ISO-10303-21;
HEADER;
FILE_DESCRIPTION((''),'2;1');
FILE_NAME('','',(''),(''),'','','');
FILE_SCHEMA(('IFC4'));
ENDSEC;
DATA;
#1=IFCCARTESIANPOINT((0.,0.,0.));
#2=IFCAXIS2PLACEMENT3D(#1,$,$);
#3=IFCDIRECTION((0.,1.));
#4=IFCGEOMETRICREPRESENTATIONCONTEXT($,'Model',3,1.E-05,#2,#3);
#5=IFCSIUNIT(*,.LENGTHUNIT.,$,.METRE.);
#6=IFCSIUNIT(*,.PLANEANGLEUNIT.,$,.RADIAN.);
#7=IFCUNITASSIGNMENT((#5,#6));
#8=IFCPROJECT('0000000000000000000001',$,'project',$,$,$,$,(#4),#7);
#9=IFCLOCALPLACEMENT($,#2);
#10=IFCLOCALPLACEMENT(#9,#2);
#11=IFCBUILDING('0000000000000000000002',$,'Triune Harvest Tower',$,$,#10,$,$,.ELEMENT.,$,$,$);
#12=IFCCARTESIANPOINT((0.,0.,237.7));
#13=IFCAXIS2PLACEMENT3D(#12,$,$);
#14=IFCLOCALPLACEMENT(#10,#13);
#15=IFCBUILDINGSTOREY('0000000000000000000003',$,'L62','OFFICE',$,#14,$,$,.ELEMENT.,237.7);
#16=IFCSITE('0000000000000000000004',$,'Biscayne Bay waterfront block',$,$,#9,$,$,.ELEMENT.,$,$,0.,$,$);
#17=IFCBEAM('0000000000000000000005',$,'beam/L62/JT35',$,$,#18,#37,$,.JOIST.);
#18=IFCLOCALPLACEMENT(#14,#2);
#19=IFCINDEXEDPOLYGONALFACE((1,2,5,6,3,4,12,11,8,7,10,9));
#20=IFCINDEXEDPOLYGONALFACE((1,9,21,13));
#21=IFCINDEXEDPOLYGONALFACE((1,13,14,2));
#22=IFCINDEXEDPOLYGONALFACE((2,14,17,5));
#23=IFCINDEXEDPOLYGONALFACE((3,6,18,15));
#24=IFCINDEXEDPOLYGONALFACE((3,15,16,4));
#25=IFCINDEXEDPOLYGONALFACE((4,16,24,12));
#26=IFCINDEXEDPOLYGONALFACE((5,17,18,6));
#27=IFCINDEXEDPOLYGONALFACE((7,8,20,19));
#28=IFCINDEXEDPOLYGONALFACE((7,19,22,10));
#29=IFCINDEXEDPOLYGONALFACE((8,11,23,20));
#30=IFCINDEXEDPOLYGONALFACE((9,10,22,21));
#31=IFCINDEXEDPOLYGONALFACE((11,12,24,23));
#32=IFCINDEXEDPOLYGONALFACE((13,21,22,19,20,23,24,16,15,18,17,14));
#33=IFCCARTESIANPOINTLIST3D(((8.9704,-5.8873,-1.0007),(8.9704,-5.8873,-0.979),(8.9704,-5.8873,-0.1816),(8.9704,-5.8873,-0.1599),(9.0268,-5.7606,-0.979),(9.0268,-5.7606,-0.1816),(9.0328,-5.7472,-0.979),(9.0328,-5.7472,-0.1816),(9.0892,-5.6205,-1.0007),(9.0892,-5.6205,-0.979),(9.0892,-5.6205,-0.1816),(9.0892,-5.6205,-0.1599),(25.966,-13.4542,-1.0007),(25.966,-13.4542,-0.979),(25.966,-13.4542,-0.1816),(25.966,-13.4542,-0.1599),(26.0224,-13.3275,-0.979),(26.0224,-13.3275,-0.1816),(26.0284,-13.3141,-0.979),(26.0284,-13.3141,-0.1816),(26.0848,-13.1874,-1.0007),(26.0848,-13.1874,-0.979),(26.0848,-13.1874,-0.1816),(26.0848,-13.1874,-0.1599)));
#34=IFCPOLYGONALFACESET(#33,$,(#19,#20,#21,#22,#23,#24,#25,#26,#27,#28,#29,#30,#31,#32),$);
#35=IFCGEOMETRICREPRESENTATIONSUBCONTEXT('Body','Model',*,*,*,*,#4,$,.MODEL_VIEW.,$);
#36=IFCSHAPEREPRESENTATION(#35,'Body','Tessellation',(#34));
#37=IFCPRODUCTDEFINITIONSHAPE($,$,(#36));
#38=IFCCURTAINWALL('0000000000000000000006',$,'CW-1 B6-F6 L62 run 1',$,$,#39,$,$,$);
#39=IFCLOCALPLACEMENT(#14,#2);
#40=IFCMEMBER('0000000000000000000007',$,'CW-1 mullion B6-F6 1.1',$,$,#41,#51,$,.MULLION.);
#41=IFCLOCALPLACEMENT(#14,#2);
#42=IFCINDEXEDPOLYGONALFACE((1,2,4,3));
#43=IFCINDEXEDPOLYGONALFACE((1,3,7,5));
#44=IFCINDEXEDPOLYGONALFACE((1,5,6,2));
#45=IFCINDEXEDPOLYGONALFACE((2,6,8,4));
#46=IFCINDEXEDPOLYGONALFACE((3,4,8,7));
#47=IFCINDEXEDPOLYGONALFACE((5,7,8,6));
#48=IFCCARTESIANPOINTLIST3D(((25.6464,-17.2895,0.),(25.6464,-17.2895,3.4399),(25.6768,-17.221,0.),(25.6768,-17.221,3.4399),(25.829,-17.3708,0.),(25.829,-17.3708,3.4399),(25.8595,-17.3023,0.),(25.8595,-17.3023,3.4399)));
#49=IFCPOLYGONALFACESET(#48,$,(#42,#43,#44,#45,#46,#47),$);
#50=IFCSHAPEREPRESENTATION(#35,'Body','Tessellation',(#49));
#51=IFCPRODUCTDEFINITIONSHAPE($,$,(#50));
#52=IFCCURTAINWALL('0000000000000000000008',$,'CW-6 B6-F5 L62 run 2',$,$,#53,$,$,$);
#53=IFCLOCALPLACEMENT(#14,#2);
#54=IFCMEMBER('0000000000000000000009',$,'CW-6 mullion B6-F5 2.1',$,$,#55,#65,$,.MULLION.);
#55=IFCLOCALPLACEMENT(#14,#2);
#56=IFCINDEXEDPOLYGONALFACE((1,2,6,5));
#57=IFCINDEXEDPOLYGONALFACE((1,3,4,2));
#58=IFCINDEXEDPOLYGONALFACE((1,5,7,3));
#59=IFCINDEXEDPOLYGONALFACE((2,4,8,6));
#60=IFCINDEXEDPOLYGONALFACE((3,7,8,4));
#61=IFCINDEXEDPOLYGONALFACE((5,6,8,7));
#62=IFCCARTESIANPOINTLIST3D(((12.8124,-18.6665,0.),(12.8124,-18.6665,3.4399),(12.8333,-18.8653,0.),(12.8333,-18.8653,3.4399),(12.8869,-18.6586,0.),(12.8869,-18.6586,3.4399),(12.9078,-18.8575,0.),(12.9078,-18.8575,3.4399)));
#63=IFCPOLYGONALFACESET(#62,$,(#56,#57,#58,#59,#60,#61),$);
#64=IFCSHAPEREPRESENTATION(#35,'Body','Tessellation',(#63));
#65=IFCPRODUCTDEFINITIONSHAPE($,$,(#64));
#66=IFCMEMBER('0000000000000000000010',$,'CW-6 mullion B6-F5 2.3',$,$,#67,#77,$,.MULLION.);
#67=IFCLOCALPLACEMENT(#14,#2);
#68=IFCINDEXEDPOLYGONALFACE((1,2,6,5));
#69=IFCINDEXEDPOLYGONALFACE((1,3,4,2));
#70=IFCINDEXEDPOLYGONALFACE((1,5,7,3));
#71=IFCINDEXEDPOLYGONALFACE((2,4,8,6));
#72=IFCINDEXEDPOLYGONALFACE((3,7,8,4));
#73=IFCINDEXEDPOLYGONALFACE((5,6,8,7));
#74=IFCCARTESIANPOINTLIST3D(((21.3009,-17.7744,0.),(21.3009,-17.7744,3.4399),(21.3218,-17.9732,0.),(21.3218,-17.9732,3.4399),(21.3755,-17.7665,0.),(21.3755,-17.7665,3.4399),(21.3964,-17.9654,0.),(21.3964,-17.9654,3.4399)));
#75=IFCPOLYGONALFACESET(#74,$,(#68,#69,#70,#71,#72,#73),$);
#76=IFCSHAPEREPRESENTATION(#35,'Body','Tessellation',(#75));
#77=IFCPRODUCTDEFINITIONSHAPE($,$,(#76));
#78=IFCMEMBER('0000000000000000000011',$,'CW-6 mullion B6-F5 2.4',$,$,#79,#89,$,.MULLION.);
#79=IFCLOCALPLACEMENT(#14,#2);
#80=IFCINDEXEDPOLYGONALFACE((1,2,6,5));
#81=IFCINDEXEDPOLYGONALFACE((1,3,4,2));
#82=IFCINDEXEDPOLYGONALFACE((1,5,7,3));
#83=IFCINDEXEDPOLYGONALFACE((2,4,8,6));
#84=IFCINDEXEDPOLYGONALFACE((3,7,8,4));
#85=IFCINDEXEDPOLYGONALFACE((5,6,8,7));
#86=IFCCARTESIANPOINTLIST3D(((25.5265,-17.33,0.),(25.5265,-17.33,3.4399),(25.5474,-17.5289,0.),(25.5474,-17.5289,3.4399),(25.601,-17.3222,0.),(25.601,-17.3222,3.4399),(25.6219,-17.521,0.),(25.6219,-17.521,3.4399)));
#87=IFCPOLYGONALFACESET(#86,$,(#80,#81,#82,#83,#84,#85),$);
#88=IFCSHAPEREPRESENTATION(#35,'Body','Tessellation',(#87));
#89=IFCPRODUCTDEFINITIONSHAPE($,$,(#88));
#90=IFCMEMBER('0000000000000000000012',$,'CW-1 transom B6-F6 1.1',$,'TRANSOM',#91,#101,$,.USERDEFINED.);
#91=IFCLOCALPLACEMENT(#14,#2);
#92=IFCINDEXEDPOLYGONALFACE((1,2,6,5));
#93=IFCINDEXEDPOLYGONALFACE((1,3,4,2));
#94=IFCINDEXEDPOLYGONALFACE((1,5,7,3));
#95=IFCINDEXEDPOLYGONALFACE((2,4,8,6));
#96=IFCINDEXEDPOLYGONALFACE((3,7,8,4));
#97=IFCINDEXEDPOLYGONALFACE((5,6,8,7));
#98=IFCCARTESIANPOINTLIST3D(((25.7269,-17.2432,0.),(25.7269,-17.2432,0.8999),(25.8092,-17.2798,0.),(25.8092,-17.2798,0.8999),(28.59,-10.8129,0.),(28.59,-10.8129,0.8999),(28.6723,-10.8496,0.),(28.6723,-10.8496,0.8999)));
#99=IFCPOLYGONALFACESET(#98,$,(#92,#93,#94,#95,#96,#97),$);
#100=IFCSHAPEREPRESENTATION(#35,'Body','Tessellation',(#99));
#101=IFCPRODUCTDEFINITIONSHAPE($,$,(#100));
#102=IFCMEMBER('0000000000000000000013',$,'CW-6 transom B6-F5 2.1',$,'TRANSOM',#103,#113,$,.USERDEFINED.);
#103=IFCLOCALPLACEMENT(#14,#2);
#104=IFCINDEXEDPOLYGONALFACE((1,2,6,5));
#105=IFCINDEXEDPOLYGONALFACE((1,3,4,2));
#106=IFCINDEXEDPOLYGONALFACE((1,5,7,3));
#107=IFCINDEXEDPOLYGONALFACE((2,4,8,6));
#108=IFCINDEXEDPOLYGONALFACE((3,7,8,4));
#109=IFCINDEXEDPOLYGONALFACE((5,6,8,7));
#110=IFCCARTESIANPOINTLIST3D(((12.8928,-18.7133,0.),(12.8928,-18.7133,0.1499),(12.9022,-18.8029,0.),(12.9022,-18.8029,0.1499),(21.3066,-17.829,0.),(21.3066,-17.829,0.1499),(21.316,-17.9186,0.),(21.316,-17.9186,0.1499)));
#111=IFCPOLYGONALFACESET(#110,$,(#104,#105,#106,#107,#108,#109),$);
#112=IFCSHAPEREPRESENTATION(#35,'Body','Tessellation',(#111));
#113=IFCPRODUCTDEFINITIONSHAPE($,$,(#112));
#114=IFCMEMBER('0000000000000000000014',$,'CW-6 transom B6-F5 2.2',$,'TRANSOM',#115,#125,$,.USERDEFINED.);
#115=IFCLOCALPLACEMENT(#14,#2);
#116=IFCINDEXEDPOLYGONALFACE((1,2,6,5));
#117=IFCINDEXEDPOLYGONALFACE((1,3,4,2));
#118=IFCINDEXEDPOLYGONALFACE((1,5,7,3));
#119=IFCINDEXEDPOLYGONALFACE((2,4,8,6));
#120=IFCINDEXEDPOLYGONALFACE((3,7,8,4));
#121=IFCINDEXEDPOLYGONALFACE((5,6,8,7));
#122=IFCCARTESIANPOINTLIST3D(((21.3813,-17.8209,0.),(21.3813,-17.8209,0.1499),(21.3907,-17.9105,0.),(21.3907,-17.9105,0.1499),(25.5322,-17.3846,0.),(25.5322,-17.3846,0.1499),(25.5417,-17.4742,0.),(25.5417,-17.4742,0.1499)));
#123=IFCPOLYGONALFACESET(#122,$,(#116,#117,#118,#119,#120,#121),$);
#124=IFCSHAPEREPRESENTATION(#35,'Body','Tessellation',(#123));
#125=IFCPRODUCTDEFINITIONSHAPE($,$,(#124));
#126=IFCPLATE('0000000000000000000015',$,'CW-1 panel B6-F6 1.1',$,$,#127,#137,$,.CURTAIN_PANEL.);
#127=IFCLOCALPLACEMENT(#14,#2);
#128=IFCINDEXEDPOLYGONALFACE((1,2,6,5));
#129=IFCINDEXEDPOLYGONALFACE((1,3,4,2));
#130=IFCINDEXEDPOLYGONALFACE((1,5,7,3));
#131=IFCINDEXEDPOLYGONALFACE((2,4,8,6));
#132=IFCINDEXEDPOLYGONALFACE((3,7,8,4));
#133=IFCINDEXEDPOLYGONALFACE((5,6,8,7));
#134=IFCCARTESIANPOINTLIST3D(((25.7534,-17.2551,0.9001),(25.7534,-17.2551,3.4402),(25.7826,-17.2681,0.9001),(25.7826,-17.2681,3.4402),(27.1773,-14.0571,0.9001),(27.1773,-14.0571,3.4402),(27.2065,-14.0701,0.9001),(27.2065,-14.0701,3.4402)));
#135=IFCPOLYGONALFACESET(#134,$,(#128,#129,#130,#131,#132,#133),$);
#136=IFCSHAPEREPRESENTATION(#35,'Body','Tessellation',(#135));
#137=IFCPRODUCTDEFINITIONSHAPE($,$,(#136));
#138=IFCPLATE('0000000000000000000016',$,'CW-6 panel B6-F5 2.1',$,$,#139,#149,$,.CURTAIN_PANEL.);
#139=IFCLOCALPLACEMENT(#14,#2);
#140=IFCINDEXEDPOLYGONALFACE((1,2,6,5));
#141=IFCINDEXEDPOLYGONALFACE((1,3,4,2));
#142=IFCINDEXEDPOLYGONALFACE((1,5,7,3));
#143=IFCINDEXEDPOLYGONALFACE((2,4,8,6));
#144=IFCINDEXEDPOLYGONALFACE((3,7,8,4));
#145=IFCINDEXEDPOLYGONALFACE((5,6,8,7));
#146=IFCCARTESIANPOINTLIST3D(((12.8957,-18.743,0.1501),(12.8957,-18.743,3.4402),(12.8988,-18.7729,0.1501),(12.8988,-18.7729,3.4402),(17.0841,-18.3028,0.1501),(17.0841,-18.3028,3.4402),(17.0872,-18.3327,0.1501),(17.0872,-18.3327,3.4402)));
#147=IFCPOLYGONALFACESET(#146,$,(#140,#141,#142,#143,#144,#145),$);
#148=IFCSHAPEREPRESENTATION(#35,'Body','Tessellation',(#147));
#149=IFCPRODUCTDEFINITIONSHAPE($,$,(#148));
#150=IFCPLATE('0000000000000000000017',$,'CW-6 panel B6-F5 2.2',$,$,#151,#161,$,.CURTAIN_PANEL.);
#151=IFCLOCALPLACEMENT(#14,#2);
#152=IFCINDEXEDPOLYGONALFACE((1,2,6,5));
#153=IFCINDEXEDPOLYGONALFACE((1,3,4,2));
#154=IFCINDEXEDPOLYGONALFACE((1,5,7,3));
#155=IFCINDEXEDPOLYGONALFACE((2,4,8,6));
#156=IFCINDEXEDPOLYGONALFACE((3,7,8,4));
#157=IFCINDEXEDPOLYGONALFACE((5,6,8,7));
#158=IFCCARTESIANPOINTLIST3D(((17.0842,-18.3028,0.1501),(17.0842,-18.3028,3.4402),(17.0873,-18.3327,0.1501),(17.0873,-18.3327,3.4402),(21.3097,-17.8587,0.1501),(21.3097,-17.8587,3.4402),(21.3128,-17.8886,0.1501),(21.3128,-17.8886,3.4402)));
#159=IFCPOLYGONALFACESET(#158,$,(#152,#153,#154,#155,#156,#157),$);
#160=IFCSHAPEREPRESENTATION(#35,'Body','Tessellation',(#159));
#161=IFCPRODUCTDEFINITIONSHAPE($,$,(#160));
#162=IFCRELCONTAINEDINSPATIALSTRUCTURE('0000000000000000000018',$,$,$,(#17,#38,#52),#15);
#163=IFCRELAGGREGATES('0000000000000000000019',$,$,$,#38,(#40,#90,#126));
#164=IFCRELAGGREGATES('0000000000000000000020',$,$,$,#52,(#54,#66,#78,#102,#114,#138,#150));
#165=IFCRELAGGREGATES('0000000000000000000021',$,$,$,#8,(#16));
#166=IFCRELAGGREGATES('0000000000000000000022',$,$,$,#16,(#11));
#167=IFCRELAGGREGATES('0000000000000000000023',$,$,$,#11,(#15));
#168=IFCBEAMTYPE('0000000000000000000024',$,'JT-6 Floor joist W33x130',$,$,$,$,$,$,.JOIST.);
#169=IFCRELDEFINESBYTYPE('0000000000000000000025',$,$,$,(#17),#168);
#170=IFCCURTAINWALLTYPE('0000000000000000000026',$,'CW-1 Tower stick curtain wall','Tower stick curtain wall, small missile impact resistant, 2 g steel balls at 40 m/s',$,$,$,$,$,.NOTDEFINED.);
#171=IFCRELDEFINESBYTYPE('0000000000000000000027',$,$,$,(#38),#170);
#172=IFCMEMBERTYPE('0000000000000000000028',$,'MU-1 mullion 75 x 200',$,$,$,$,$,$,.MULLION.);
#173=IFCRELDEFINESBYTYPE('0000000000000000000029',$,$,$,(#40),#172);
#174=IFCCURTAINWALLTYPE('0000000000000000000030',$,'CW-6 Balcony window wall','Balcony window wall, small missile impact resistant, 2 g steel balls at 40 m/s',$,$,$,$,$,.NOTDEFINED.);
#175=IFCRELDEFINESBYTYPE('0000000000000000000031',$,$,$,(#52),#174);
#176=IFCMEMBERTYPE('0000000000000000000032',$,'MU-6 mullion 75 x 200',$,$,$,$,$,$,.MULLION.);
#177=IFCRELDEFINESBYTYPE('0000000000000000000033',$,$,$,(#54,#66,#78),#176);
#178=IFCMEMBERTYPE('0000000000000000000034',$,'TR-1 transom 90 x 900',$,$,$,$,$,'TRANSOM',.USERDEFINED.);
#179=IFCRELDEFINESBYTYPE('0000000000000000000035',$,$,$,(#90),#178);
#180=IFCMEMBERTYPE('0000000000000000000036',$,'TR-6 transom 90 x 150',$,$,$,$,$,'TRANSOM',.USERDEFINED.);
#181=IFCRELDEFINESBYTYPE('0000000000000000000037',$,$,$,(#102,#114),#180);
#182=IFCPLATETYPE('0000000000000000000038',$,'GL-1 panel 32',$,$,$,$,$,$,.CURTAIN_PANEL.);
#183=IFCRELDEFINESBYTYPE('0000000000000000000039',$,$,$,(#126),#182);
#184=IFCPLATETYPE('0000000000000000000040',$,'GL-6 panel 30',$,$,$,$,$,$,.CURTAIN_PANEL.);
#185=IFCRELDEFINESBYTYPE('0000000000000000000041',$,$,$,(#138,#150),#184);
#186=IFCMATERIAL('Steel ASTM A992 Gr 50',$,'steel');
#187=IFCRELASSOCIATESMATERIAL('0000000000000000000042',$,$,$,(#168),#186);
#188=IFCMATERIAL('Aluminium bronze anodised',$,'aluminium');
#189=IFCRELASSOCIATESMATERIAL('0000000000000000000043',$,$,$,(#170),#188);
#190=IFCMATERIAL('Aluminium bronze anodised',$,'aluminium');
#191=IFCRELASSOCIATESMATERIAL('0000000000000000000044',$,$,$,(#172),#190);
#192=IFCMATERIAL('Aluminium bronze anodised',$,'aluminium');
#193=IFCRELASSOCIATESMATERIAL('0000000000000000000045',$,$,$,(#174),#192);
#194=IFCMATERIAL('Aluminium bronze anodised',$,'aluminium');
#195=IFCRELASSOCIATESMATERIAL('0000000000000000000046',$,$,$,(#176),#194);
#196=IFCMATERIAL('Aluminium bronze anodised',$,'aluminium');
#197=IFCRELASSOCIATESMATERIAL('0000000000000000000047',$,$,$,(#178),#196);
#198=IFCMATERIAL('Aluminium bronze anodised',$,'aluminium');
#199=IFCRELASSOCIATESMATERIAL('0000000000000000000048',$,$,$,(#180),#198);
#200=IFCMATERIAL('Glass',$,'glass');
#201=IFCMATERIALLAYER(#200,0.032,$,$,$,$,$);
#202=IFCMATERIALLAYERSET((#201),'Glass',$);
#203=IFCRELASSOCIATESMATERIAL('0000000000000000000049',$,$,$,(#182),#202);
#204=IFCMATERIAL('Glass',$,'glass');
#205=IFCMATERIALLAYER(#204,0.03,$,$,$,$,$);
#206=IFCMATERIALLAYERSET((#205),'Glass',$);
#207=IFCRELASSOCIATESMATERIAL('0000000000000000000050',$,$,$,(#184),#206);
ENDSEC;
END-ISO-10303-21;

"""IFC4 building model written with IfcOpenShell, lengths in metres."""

from ifc_helpers import new_model, si_unit, direction, frame, origin, origin_2d, place, context, subcontext, project, spatial, rectangle, i_section, extrude, source, transform, mapped, material, layer, layer_set, material_profile, profile_set, type_object, element, aggregate, save


model = new_model("IFC4")

# Units and contexts
model_context = context("Model", 3, precision=1e-05, world=origin(), true_north=direction((0.0, 1.0)))
body_context = subcontext(model_context, "Body", "Model", "MODEL_VIEW")
ifc_project = project(units=[si_unit("LENGTHUNIT", "METRE"), si_unit("PLANEANGLEUNIT", "RADIAN")], contexts=[model_context])

# Site, building, storey
site_placement = place(None, origin())
site = spatial("IfcSite", under=ifc_project, at=site_placement, Name="Biscayne Bay waterfront block", CompositionType="ELEMENT", RefElevation=0.0)
building_placement = place(site_placement, origin())
building = spatial("IfcBuilding", under=site, at=building_placement, Name="Triune Harvest Tower", CompositionType="ELEMENT")
storey_placement = place(building_placement, frame((0.0, 0.0, 237.7)))
storey = spatial("IfcBuildingStorey", under=building, at=storey_placement, Name="L62", Description="OFFICE", CompositionType="ELEMENT", Elevation=237.7)

# Beam
ifc_material_1 = material(Name="Steel ASTM A992 Gr 50", Category="steel")
ifc_material_profile_1 = material_profile(ifc_material_1, i_section(OverallWidth=0.292, OverallDepth=0.8408, WebThickness=0.0146, FlangeThickness=0.0217, at=origin_2d()), Name="W33x130")
ifc_profile_set_1 = profile_set([ifc_material_profile_1], Name="Steel ASTM A992 Gr 50")
beam_type_1 = type_object("IfcBeamType", Name="JT-6 Floor joist W33x130", PredefinedType="JOIST", material=ifc_profile_set_1)
shared_shape_1 = source(origin(), body_context, "Body", "SweptSolid", [
    extrude(i_section(OverallWidth=0.292, OverallDepth=0.8408, WebThickness=0.0146, FlangeThickness=0.0217, at=origin_2d()), origin(), (0.0, 0.0, 1.0), 18.604),
])
beam_1_placement = place(storey_placement, frame((26.0254, -13.3208, -0.5803), z_axis=(-0.913546, 0.406735, 0.0), x_axis=(-0.406735, -0.913546, 0.0)))
element("IfcBeam", 1, at=beam_1_placement, inside=storey, type_object=beam_type_1, Name="beam/L62/JT35", PredefinedType="JOIST", context=body_context, shape_type="MappedRepresentation", body=[
    mapped(shared_shape_1, transform((0.0, 0.0, 0.0), scale=1.0)),
])

# Curtain wall, member
ifc_material_2 = material(Name="Aluminium bronze anodised", Category="aluminium")
curtain_wall_type_1 = type_object("IfcCurtainWallType", Name="CW-1 Tower stick curtain wall", Description="Tower stick curtain wall, small missile impact resistant, 2 g steel balls at 40 m/s", PredefinedType="NOTDEFINED", material=ifc_material_2)
curtain_wall_1_placement = place(storey_placement, origin())
curtain_wall_1 = element("IfcCurtainWall", 2, at=curtain_wall_1_placement, inside=storey, type_object=curtain_wall_type_1, Name="CW-1 B6-F6 L62 run 1")
ifc_material_3 = material(Name="Aluminium bronze anodised", Category="aluminium")
ifc_material_profile_2 = material_profile(ifc_material_3, rectangle(XDim=0.2, YDim=0.075, at=origin_2d()), Name="MU-1 mullion 75 x 200")
ifc_profile_set_2 = profile_set([ifc_material_profile_2], Name="Aluminium bronze anodised")
member_type_1 = type_object("IfcMemberType", Name="MU-1 mullion 75 x 200", PredefinedType="MULLION", material=ifc_profile_set_2)
shared_shape_2 = source(origin(), body_context, "Body", "SweptSolid", [
    extrude(rectangle(XDim=0.2, YDim=0.075, at=origin_2d()), origin(), (0.0, 0.0, 1.0), 3.4399),
])
member_1_placement = place(storey_placement, frame((25.7529, -17.2959, 0.0), z_axis=(0.0, 0.0, 1.0), x_axis=(-0.913543, 0.406743, 0.0)))
member_1 = element("IfcMember", 3, at=member_1_placement, type_object=member_type_1, Name="CW-1 mullion B6-F6 1.1", PredefinedType="MULLION", context=body_context, shape_type="MappedRepresentation", body=[
    mapped(shared_shape_2, transform((0.0, 0.0, 0.0), scale=1.0)),
])

# Curtain wall, members
ifc_material_4 = material(Name="Aluminium bronze anodised", Category="aluminium")
curtain_wall_type_2 = type_object("IfcCurtainWallType", Name="CW-6 Balcony window wall", Description="Balcony window wall, small missile impact resistant, 2 g steel balls at 40 m/s", PredefinedType="NOTDEFINED", material=ifc_material_4)
curtain_wall_2_placement = place(storey_placement, origin())
curtain_wall_2 = element("IfcCurtainWall", 4, at=curtain_wall_2_placement, inside=storey, type_object=curtain_wall_type_2, Name="CW-6 B6-F5 L62 run 2")
ifc_material_5 = material(Name="Aluminium bronze anodised", Category="aluminium")
ifc_material_profile_3 = material_profile(ifc_material_5, rectangle(XDim=0.2, YDim=0.075, at=origin_2d()), Name="MU-6 mullion 75 x 200")
ifc_profile_set_3 = profile_set([ifc_material_profile_3], Name="Aluminium bronze anodised")
member_type_2 = type_object("IfcMemberType", Name="MU-6 mullion 75 x 200", PredefinedType="MULLION", material=ifc_profile_set_3)
shared_shape_3 = source(origin(), body_context, "Body", "SweptSolid", [
    extrude(rectangle(XDim=0.2, YDim=0.075, at=origin_2d()), origin(), (0.0, 0.0, 1.0), 3.4399),
])
member_2_placement = place(storey_placement, frame((12.8601, -18.762, 0.0), z_axis=(0.0, 0.0, 1.0), x_axis=(-0.10453, 0.994522, 0.0)))
member_2 = element("IfcMember", 5, at=member_2_placement, type_object=member_type_2, Name="CW-6 mullion B6-F5 2.1", PredefinedType="MULLION", context=body_context, shape_type="MappedRepresentation", body=[
    mapped(shared_shape_3, transform((0.0, 0.0, 0.0), scale=1.0)),
])
member_3_placement = place(storey_placement, frame((21.3486, -17.8699, 0.0), z_axis=(0.0, 0.0, 1.0), x_axis=(-0.10453, 0.994522, 0.0)))
member_3 = element("IfcMember", 6, at=member_3_placement, type_object=member_type_2, Name="CW-6 mullion B6-F5 2.3", PredefinedType="MULLION", context=body_context, shape_type="MappedRepresentation", body=[
    mapped(shared_shape_3, transform((0.0, 0.0, 0.0), scale=1.0)),
])
member_4_placement = place(storey_placement, frame((25.5742, -17.4255, 0.0), z_axis=(0.0, 0.0, 1.0), x_axis=(-0.10453, 0.994522, 0.0)))
member_4 = element("IfcMember", 7, at=member_4_placement, type_object=member_type_2, Name="CW-6 mullion B6-F5 2.4", PredefinedType="MULLION", context=body_context, shape_type="MappedRepresentation", body=[
    mapped(shared_shape_3, transform((0.0, 0.0, 0.0), scale=1.0)),
])

# Members
ifc_material_6 = material(Name="Aluminium bronze anodised", Category="aluminium")
ifc_material_profile_4 = material_profile(ifc_material_6, rectangle(XDim=0.0901, YDim=0.8999, at=origin_2d()), Name="TR-1 transom 90 x 900")
ifc_profile_set_4 = profile_set([ifc_material_profile_4], Name="Aluminium bronze anodised")
member_type_3 = type_object("IfcMemberType", Name="TR-1 transom 90 x 900", ElementType="TRANSOM", PredefinedType="USERDEFINED", material=ifc_profile_set_4)
shared_shape_4 = source(origin(), body_context, "Body", "SweptSolid", [
    extrude(rectangle(XDim=0.0901, YDim=0.8999, at=origin_2d()), origin(), (0.0, 0.0, 1.0), 7.0388),
])
member_5_placement = place(storey_placement, frame((25.7681, -17.2615, 0.45), z_axis=(0.406753, 0.913538, 0.0), x_axis=(-0.913538, 0.406753, 0.0)))
member_5 = element("IfcMember", 8, at=member_5_placement, type_object=member_type_3, Name="CW-1 transom B6-F6 1.1", ObjectType="TRANSOM", PredefinedType="USERDEFINED", context=body_context, shape_type="MappedRepresentation", body=[
    mapped(shared_shape_4, transform((0.0, 0.0, 0.0), scale=1.0)),
])
ifc_material_7 = material(Name="Aluminium bronze anodised", Category="aluminium")
ifc_material_profile_5 = material_profile(ifc_material_7, rectangle(XDim=0.0901, YDim=0.1499, at=origin_2d()), Name="TR-6 transom 90 x 150")
ifc_profile_set_5 = profile_set([ifc_material_profile_5], Name="Aluminium bronze anodised")
member_type_4 = type_object("IfcMemberType", Name="TR-6 transom 90 x 150", ElementType="TRANSOM", PredefinedType="USERDEFINED", material=ifc_profile_set_5)
shared_shape_5 = source(origin(), body_context, "Body", "SweptSolid", [
    extrude(rectangle(XDim=0.0901, YDim=0.1499, at=origin_2d()), origin(), (0.0, 0.0, 1.0), 8.4602),
])
member_6_placement = place(storey_placement, frame((12.8975, -18.7581, 0.075), z_axis=(0.994523, 0.104523, 0.0), x_axis=(-0.104523, 0.994523, 0.0)))
member_6 = element("IfcMember", 9, at=member_6_placement, type_object=member_type_4, Name="CW-6 transom B6-F5 2.1", ObjectType="TRANSOM", PredefinedType="USERDEFINED", context=body_context, shape_type="MappedRepresentation", body=[
    mapped(shared_shape_5, transform((0.0, 0.0, 0.0), scale=1.0)),
])
shared_shape_6 = source(origin(), body_context, "Body", "SweptSolid", [
    extrude(rectangle(XDim=0.0901, YDim=0.1499, at=origin_2d()), origin(), (0.0, 0.0, 1.0), 4.1738),
])
member_7_placement = place(storey_placement, frame((21.386, -17.8657, 0.075), z_axis=(0.994522, 0.104529, 0.0), x_axis=(-0.104529, 0.994522, 0.0)))
member_7 = element("IfcMember", 10, at=member_7_placement, type_object=member_type_4, Name="CW-6 transom B6-F5 2.2", ObjectType="TRANSOM", PredefinedType="USERDEFINED", context=body_context, shape_type="MappedRepresentation", body=[
    mapped(shared_shape_6, transform((0.0, 0.0, 0.0), scale=1.0)),
])

# Plates
ifc_material_8 = material(Name="Glass", Category="glass")
ifc_layer_1 = layer(ifc_material_8, 0.032)
ifc_layer_set_1 = layer_set([ifc_layer_1], Name="Glass")
plate_type_1 = type_object("IfcPlateType", Name="GL-1 panel 32", PredefinedType="CURTAIN_PANEL", material=ifc_layer_set_1)
shared_shape_7 = source(origin(), body_context, "Body", "SweptSolid", [
    extrude(rectangle(XDim=3.5007, YDim=0.032, at=origin_2d()), origin(), (0.0, 0.0, 1.0), 2.54),
])
plate_1_placement = place(storey_placement, frame((26.48, -15.6626, 0.9001), z_axis=(0.0, 0.0, 1.0), x_axis=(0.406743, 0.913543, 0.0)))
plate_1 = element("IfcPlate", 11, at=plate_1_placement, type_object=plate_type_1, Name="CW-1 panel B6-F6 1.1", PredefinedType="CURTAIN_PANEL", context=body_context, shape_type="MappedRepresentation", body=[
    mapped(shared_shape_7, transform((0.0, 0.0, 0.0), scale=1.0)),
])
aggregate(curtain_wall_1, [member_1, member_5, plate_1])
ifc_material_9 = material(Name="Glass", Category="glass")
ifc_layer_2 = layer(ifc_material_9, 0.03)
ifc_layer_set_2 = layer_set([ifc_layer_2], Name="Glass")
plate_type_2 = type_object("IfcPlateType", Name="GL-6 panel 30", PredefinedType="CURTAIN_PANEL", material=ifc_layer_set_2)
shared_shape_8 = source(origin(), body_context, "Body", "SweptSolid", [
    extrude(rectangle(XDim=4.2114, YDim=0.03, at=origin_2d()), origin(), (0.0, 0.0, 1.0), 3.29),
])
plate_2_placement = place(storey_placement, frame((14.9915, -18.5378, 0.1501), z_axis=(0.0, 0.0, 1.0), x_axis=(0.994522, 0.10453, 0.0)))
plate_2 = element("IfcPlate", 12, at=plate_2_placement, type_object=plate_type_2, Name="CW-6 panel B6-F5 2.1", PredefinedType="CURTAIN_PANEL", context=body_context, shape_type="MappedRepresentation", body=[
    mapped(shared_shape_8, transform((0.0, 0.0, 0.0), scale=1.0)),
])
shared_shape_9 = source(origin(), body_context, "Body", "SweptSolid", [
    extrude(rectangle(XDim=4.2488, YDim=0.03, at=origin_2d()), origin(), (0.0, 0.0, 1.0), 3.29),
])
plate_3_placement = place(storey_placement, frame((19.1985, -18.0957, 0.1501), z_axis=(0.0, 0.0, 1.0), x_axis=(0.994522, 0.10453, 0.0)))
plate_3 = element("IfcPlate", 13, at=plate_3_placement, type_object=plate_type_2, Name="CW-6 panel B6-F5 2.2", PredefinedType="CURTAIN_PANEL", context=body_context, shape_type="MappedRepresentation", body=[
    mapped(shared_shape_9, transform((0.0, 0.0, 0.0), scale=1.0)),
])
aggregate(curtain_wall_2, [member_2, member_3, member_4, member_6, member_7, plate_2, plate_3])

save(model, "model.ifc")
